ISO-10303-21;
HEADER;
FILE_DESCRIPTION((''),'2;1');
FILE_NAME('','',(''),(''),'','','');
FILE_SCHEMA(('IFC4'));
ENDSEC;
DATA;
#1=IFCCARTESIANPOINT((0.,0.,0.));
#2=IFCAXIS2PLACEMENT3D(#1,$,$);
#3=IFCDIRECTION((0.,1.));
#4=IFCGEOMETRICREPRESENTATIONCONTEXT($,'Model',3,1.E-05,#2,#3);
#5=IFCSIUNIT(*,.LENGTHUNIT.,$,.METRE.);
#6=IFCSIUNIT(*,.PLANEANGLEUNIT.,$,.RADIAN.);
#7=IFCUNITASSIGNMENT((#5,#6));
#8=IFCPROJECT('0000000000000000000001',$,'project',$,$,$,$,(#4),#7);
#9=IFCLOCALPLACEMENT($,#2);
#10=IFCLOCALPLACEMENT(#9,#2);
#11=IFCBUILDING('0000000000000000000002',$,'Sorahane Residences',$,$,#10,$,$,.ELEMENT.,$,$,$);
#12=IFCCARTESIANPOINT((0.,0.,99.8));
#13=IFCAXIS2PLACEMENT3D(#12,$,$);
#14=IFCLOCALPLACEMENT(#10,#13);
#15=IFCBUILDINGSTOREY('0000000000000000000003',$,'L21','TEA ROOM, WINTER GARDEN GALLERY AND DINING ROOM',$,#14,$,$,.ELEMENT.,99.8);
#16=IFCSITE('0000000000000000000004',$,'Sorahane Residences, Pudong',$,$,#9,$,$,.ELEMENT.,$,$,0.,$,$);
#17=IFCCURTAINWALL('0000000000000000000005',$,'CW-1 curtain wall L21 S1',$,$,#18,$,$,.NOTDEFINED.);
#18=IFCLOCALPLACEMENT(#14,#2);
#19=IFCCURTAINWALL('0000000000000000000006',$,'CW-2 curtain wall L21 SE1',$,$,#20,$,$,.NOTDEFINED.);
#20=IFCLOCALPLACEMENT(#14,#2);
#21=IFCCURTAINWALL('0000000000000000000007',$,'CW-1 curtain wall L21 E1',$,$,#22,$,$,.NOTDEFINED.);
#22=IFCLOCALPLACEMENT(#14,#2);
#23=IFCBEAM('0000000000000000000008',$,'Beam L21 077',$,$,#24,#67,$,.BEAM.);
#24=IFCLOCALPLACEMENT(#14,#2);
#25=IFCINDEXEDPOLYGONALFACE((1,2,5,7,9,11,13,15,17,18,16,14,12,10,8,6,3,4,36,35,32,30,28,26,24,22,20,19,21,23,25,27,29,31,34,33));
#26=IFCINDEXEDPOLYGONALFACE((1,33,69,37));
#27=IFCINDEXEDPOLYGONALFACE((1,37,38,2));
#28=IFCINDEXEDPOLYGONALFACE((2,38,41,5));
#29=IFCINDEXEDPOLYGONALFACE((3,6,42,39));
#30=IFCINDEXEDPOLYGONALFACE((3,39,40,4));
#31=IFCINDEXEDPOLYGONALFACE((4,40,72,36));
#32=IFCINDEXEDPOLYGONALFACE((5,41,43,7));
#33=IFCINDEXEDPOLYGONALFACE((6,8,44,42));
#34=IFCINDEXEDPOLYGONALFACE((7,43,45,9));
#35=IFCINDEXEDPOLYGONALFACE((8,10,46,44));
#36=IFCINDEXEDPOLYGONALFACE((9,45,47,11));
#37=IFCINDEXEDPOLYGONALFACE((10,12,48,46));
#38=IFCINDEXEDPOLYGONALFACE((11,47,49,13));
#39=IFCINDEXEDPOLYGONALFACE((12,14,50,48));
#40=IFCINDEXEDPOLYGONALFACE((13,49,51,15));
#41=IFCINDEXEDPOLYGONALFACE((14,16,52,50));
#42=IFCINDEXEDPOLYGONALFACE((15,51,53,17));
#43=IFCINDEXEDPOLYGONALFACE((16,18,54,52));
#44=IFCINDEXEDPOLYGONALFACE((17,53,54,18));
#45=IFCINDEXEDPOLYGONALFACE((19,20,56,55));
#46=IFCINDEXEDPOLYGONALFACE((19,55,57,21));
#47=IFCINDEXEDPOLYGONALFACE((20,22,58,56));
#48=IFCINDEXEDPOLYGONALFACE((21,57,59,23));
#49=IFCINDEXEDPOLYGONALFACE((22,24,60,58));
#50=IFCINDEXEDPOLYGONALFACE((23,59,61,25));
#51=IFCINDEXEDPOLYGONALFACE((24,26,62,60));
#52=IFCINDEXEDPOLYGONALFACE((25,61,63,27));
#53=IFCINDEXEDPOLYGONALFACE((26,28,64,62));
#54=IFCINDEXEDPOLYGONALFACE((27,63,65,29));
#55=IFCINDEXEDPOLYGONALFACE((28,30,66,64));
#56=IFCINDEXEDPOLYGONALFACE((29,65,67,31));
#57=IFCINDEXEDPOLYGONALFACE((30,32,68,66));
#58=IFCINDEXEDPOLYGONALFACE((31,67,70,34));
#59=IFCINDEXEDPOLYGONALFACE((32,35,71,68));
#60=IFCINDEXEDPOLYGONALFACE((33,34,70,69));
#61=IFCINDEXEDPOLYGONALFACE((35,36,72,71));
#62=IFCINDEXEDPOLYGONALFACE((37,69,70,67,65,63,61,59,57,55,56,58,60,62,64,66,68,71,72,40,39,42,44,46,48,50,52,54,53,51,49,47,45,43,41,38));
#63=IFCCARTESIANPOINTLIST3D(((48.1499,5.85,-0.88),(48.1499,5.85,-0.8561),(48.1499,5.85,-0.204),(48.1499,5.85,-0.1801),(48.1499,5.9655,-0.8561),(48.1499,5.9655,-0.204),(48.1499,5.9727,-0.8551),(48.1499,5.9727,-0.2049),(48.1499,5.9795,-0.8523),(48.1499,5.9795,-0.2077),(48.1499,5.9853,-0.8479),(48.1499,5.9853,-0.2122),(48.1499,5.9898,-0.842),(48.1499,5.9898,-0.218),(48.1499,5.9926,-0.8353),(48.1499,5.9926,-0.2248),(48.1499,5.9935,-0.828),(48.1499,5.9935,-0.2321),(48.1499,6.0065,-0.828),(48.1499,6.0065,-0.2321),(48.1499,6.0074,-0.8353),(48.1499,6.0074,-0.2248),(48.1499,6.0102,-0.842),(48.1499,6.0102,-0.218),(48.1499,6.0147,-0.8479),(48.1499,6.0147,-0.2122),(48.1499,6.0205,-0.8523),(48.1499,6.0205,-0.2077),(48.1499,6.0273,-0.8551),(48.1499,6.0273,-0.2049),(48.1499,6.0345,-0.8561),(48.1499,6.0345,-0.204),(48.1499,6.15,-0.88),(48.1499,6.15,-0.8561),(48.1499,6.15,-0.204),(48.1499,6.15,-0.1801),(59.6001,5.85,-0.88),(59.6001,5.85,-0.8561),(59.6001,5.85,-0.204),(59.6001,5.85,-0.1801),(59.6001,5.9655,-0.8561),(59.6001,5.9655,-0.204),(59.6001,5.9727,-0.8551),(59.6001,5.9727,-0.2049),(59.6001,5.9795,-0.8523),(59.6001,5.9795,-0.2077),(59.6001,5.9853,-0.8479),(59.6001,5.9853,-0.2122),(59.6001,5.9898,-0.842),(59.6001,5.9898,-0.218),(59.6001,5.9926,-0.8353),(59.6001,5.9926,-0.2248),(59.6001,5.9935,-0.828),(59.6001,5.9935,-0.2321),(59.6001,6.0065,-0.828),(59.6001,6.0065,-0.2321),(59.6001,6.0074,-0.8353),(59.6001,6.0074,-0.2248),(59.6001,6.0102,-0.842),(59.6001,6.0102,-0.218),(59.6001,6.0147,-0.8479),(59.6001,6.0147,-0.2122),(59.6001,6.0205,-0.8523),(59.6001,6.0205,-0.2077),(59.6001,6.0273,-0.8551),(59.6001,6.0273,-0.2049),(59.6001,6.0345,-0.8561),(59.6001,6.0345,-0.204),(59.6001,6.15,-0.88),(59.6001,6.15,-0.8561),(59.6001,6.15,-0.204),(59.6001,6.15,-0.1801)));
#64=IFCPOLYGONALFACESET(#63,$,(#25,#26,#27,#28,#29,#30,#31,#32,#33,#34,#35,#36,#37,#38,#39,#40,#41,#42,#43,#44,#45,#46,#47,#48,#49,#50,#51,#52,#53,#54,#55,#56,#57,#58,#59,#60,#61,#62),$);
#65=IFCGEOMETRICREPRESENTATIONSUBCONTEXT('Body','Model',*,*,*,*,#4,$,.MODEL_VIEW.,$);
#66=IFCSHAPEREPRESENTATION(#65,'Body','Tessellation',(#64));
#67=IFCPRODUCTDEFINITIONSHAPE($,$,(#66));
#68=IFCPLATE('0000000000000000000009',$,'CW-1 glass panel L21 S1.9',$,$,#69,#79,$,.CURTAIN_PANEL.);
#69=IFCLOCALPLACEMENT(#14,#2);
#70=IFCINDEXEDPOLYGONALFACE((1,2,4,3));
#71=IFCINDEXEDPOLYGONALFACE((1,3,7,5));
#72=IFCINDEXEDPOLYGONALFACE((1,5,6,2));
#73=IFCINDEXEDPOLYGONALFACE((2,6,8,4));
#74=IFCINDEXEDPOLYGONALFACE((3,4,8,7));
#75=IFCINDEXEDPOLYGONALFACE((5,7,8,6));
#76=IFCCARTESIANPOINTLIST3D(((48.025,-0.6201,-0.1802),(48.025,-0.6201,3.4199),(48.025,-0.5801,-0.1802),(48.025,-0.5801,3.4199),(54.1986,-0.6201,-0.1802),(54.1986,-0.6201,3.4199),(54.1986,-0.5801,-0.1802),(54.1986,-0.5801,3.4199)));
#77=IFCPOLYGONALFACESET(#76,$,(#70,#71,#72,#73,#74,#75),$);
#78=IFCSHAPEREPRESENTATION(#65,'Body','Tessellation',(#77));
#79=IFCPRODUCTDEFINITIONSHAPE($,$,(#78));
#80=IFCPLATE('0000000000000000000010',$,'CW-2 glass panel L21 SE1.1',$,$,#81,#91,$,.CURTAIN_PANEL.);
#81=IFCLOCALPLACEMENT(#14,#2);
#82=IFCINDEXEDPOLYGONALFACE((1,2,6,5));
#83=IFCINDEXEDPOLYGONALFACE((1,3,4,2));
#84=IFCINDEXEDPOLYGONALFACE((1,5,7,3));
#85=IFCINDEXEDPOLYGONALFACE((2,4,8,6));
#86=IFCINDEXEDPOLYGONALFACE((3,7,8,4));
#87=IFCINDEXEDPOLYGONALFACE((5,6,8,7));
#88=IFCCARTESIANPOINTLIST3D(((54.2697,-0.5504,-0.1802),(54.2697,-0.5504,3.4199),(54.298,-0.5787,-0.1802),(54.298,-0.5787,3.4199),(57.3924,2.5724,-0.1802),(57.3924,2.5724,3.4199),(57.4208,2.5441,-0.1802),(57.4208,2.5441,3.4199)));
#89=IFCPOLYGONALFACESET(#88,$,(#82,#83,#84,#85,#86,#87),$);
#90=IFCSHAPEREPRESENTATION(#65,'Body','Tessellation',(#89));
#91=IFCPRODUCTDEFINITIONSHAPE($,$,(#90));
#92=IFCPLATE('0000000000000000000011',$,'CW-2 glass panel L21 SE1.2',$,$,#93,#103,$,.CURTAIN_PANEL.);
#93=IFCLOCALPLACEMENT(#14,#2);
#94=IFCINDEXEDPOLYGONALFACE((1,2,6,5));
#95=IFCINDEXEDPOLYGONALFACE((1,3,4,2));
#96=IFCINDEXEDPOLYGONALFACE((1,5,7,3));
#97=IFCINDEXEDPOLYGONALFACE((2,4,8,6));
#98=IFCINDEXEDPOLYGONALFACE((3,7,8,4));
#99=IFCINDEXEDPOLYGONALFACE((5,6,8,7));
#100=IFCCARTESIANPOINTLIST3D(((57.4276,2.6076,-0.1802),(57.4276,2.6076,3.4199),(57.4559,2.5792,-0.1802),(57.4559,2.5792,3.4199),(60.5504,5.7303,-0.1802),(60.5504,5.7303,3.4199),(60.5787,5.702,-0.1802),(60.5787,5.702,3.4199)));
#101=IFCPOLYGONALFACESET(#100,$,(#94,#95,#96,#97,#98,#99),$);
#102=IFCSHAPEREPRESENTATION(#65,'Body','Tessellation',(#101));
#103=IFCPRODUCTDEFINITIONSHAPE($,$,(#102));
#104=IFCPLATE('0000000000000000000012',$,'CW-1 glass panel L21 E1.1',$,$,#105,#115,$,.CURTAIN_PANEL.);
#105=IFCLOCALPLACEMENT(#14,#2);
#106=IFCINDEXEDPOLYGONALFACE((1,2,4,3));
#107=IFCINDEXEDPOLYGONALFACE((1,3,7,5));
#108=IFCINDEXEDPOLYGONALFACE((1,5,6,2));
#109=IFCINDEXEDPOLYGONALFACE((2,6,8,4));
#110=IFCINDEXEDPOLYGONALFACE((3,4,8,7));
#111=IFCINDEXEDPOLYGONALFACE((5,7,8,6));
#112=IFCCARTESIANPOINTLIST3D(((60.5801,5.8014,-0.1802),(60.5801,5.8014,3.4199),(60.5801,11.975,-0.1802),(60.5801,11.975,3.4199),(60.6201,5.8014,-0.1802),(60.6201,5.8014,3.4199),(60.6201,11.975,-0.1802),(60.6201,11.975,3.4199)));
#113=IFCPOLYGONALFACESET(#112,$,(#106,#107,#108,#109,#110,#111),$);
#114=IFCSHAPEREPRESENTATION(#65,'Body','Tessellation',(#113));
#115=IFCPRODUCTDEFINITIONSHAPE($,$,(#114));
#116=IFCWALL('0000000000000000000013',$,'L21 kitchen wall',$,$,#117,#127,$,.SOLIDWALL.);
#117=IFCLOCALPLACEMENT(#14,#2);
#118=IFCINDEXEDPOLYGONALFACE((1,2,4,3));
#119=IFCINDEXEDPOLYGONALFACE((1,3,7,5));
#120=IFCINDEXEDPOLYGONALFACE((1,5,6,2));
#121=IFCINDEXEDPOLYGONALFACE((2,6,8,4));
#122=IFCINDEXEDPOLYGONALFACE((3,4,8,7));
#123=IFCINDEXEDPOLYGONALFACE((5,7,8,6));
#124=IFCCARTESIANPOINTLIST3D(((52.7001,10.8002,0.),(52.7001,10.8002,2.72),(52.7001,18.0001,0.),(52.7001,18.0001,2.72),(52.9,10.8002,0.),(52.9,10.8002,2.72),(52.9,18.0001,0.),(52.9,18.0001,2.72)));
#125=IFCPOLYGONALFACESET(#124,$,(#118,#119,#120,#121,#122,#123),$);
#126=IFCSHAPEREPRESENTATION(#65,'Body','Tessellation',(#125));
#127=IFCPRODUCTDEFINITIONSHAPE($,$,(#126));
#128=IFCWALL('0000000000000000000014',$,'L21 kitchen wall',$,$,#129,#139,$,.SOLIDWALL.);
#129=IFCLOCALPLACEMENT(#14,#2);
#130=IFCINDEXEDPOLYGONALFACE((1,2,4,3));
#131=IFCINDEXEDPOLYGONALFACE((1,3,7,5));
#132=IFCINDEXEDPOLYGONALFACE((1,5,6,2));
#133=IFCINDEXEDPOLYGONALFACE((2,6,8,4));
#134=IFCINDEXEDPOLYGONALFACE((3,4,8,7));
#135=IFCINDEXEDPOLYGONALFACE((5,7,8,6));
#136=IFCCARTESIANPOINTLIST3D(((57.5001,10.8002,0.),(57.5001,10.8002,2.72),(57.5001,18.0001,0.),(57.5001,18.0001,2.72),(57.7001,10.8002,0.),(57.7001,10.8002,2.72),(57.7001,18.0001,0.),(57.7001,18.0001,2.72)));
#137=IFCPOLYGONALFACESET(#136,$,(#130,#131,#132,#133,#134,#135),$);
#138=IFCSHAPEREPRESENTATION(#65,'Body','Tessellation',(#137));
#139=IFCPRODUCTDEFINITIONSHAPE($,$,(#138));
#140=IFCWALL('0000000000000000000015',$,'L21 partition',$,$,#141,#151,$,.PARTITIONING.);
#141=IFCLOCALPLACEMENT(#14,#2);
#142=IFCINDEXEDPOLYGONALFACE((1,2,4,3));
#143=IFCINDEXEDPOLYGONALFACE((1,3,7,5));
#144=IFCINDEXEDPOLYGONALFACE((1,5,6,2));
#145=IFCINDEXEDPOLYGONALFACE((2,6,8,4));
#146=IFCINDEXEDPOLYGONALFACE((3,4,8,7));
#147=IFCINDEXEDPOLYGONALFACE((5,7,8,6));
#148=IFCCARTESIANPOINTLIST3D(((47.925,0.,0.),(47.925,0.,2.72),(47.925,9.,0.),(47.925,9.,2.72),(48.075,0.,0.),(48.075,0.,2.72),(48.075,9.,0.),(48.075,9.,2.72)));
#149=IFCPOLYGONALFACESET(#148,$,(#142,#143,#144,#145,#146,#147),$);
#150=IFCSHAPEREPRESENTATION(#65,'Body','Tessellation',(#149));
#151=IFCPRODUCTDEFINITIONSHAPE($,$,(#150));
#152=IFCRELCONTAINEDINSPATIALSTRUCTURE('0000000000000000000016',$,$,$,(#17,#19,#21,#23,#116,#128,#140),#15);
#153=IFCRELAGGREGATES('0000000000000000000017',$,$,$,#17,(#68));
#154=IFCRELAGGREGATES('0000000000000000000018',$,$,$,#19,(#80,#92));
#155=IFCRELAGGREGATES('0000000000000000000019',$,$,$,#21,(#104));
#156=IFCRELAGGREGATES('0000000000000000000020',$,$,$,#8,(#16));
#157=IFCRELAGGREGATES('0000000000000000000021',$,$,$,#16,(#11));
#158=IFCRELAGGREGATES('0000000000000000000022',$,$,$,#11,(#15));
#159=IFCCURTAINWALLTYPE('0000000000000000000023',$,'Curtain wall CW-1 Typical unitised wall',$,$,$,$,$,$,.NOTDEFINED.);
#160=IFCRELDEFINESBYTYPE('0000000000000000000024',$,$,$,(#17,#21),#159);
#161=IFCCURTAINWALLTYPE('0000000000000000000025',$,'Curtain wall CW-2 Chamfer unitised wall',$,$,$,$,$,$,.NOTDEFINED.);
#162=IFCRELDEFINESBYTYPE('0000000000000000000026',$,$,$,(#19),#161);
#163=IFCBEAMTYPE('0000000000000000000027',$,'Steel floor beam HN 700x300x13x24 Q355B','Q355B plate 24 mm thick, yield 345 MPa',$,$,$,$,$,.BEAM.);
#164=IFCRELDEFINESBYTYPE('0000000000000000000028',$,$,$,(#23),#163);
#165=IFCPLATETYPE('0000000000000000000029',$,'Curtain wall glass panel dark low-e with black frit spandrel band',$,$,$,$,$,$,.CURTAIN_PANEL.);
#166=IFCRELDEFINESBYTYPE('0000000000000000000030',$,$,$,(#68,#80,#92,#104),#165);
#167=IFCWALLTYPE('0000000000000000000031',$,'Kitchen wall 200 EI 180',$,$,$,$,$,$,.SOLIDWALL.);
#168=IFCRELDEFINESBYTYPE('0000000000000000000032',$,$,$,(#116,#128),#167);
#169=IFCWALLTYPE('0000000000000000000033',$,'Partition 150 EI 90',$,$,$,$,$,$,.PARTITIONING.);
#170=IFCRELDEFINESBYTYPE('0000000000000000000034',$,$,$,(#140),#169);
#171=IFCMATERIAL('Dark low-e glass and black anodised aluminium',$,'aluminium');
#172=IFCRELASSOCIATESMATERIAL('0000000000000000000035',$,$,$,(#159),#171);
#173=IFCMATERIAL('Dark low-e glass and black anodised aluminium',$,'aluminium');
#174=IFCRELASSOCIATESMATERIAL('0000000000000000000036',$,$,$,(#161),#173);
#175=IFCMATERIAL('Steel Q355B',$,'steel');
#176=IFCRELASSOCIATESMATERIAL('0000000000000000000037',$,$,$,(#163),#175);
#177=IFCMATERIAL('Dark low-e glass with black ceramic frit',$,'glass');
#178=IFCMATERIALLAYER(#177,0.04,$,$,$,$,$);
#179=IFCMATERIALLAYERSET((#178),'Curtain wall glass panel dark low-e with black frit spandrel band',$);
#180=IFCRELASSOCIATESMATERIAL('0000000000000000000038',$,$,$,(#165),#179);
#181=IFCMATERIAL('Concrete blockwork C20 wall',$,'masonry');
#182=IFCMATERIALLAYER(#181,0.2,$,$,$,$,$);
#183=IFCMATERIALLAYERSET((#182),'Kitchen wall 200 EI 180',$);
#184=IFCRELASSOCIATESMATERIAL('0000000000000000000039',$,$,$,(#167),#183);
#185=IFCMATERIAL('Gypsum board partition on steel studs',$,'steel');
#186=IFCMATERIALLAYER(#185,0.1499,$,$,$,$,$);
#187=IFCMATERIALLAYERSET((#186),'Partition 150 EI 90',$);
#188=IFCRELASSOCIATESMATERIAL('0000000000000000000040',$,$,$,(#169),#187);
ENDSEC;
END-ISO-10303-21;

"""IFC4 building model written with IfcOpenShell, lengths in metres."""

from ifc_helpers import new_model, si_unit, direction, frame, frame_2d, origin, origin_2d, place, context, subcontext, project, spatial, rectangle, i_section, extrude, material, layer, layer_set, material_profile, profile_set, type_object, element, aggregate, save


model = new_model("IFC4")

# Units and contexts
model_context = context("Model", 3, precision=1e-05, world=origin(), true_north=direction((0.0, 1.0)))
body_context = subcontext(model_context, "Body", "Model", "MODEL_VIEW")
ifc_project = project(units=[si_unit("LENGTHUNIT", "METRE"), si_unit("PLANEANGLEUNIT", "RADIAN")], contexts=[model_context])

# Site, building, storey
site_placement = place(None, origin())
site = spatial("IfcSite", under=ifc_project, at=site_placement, Name="Sorahane Residences, Pudong", CompositionType="ELEMENT", RefElevation=0.0)
building_placement = place(site_placement, origin())
building = spatial("IfcBuilding", under=site, at=building_placement, Name="Sorahane Residences", CompositionType="ELEMENT")
storey_placement = place(building_placement, frame((0.0, 0.0, 99.8)))
storey = spatial("IfcBuildingStorey", under=building, at=storey_placement, Name="L21", Description="TEA ROOM, WINTER GARDEN GALLERY AND DINING ROOM", CompositionType="ELEMENT", Elevation=99.8)

# Curtain walls
ifc_material_1 = material(Name="Dark low-e glass and black anodised aluminium", Category="aluminium")
curtain_wall_type_1 = type_object("IfcCurtainWallType", Name="Curtain wall CW-1 Typical unitised wall", PredefinedType="NOTDEFINED", material=ifc_material_1)
curtain_wall_1_placement = place(storey_placement, origin())
curtain_wall_1 = element("IfcCurtainWall", 1, at=curtain_wall_1_placement, inside=storey, type_object=curtain_wall_type_1, Name="CW-1 curtain wall L21 S1", PredefinedType="NOTDEFINED")
ifc_material_2 = material(Name="Dark low-e glass and black anodised aluminium", Category="aluminium")
curtain_wall_type_2 = type_object("IfcCurtainWallType", Name="Curtain wall CW-2 Chamfer unitised wall", PredefinedType="NOTDEFINED", material=ifc_material_2)
curtain_wall_2_placement = place(storey_placement, origin())
curtain_wall_2 = element("IfcCurtainWall", 2, at=curtain_wall_2_placement, inside=storey, type_object=curtain_wall_type_2, Name="CW-2 curtain wall L21 SE1", PredefinedType="NOTDEFINED")

# Curtain wall
curtain_wall_3_placement = place(storey_placement, origin())
curtain_wall_3 = element("IfcCurtainWall", 3, at=curtain_wall_3_placement, inside=storey, type_object=curtain_wall_type_1, Name="CW-1 curtain wall L21 E1", PredefinedType="NOTDEFINED")

# Beam
ifc_material_3 = material(Name="Steel Q355B", Category="steel")
ifc_material_profile_1 = material_profile(ifc_material_3, i_section(OverallWidth=0.3, OverallDepth=0.7, WebThickness=0.0129, FlangeThickness=0.0239, FilletRadius=0.0281, at=origin_2d()), Name="HN 700x300x13x24")
ifc_profile_set_1 = profile_set([ifc_material_profile_1], Name="Steel Q355B")
beam_type_1 = type_object("IfcBeamType", Name="Steel floor beam HN 700x300x13x24 Q355B", Description="Q355B plate 24 mm thick, yield 345 MPa", PredefinedType="BEAM", material=ifc_profile_set_1)
beam_placement = place(storey_placement, frame((48.1499, 6.0, -0.53), z_axis=(1.0, 0.0, 0.0), x_axis=(0.0, 1.0, 0.0)))
element("IfcBeam", 4, at=beam_placement, inside=storey, type_object=beam_type_1, Name="Beam L21 077", PredefinedType="BEAM", context=body_context, shape_type="SweptSolid", body=[
    extrude(i_section(OverallWidth=0.3, OverallDepth=0.7, WebThickness=0.0129, FlangeThickness=0.0239, FilletRadius=0.0281, at=origin_2d()), origin(), (0.0, 0.0, 1.0), 11.4502),
])

# Plates
ifc_material_4 = material(Name="Dark low-e glass with black ceramic frit", Category="glass")
ifc_layer_1 = layer(ifc_material_4, 0.04)
ifc_layer_set_1 = layer_set([ifc_layer_1], Name="Curtain wall glass panel dark low-e with black frit spandrel band")
plate_type = type_object("IfcPlateType", Name="Curtain wall glass panel dark low-e with black frit spandrel band", PredefinedType="CURTAIN_PANEL", material=ifc_layer_set_1)
plate_1_placement = place(storey_placement, frame((51.1118, -0.6001, -0.1802), z_axis=(0.0, 0.0, 1.0), x_axis=(1.0, 0.0, 0.0)))
plate_1 = element("IfcPlate", 5, at=plate_1_placement, type_object=plate_type, Name="CW-1 glass panel L21 S1.9", PredefinedType="CURTAIN_PANEL", context=body_context, shape_type="SweptSolid", body=[
    extrude(rectangle(XDim=6.1736, YDim=0.04, at=origin_2d()), origin(), (0.0, 0.0, 1.0), 3.6001),
])
aggregate(curtain_wall_1, [plate_1])
plate_2_placement = place(storey_placement, frame((55.8452, 0.9968, -0.1802), z_axis=(0.0, 0.0, 1.0), x_axis=(0.707107, 0.707107, 0.0)))
plate_2 = element("IfcPlate", 6, at=plate_2_placement, type_object=plate_type, Name="CW-2 glass panel L21 SE1.1", PredefinedType="CURTAIN_PANEL", context=body_context, shape_type="SweptSolid", body=[
    extrude(rectangle(XDim=4.4163, YDim=0.04, at=origin_2d()), origin(), (0.0, 0.0, 1.0), 3.6001),
])
plate_3_placement = place(storey_placement, frame((59.0032, 4.1548, -0.1802), z_axis=(0.0, 0.0, 1.0), x_axis=(0.707107, 0.707107, 0.0)))
plate_3 = element("IfcPlate", 7, at=plate_3_placement, type_object=plate_type, Name="CW-2 glass panel L21 SE1.2", PredefinedType="CURTAIN_PANEL", context=body_context, shape_type="SweptSolid", body=[
    extrude(rectangle(XDim=4.4163, YDim=0.04, at=origin_2d()), origin(), (0.0, 0.0, 1.0), 3.6001),
])
aggregate(curtain_wall_2, [plate_2, plate_3])
plate_4_placement = place(storey_placement, frame((60.6001, 8.8882, -0.1802), z_axis=(0.0, 0.0, 1.0), x_axis=(0.0, 1.0, 0.0)))
plate_4 = element("IfcPlate", 8, at=plate_4_placement, type_object=plate_type, Name="CW-1 glass panel L21 E1.1", PredefinedType="CURTAIN_PANEL", context=body_context, shape_type="SweptSolid", body=[
    extrude(rectangle(XDim=6.1736, YDim=0.04, at=origin_2d()), origin(), (0.0, 0.0, 1.0), 3.6001),
])
aggregate(curtain_wall_3, [plate_4])

# Walls
ifc_material_5 = material(Name="Concrete blockwork C20 wall", Category="masonry")
ifc_layer_2 = layer(ifc_material_5, 0.2)
ifc_layer_set_2 = layer_set([ifc_layer_2], Name="Kitchen wall 200 EI 180")
wall_type_1 = type_object("IfcWallType", Name="Kitchen wall 200 EI 180", PredefinedType="SOLIDWALL", material=ifc_layer_set_2)
for number, where, z_axis, x_axis, name in (
    (9, (52.8, 10.8, 0.0), (0.0, 0.0, 1.0), (0.0, 1.0, 0.0), "L21 kitchen wall"),
    (10, (57.6001, 10.8, 0.0), (0.0, 0.0, 1.0), (0.0, 1.0, 0.0), "L21 kitchen wall"),
):
    element("IfcWall", number, at=place(storey_placement, frame(where, z_axis=z_axis, x_axis=x_axis)), inside=storey, type_object=wall_type_1, Name=name, PredefinedType="SOLIDWALL", context=body_context, shape_type="SweptSolid", body=[
        extrude(rectangle(XDim=7.2, YDim=0.2, at=frame_2d((3.6001, 0.0))), origin(), (0.0, 0.0, 1.0), 2.72),
    ])

# Wall
ifc_material_6 = material(Name="Gypsum board partition on steel studs", Category="steel")
ifc_layer_3 = layer(ifc_material_6, 0.1499)
ifc_layer_set_3 = layer_set([ifc_layer_3], Name="Partition 150 EI 90")
wall_type_2 = type_object("IfcWallType", Name="Partition 150 EI 90", PredefinedType="PARTITIONING", material=ifc_layer_set_3)
wall_1_placement = place(storey_placement, frame((48.0, 0.0, 0.0), z_axis=(0.0, 0.0, 1.0), x_axis=(0.0, 1.0, 0.0)))
element("IfcWall", 11, at=wall_1_placement, inside=storey, type_object=wall_type_2, Name="L21 partition", PredefinedType="PARTITIONING", context=body_context, shape_type="SweptSolid", body=[
    extrude(rectangle(XDim=9.0, YDim=0.1499, at=frame_2d((4.5, 0.0))), origin(), (0.0, 0.0, 1.0), 2.72),
])

save(model, "model.ifc")
